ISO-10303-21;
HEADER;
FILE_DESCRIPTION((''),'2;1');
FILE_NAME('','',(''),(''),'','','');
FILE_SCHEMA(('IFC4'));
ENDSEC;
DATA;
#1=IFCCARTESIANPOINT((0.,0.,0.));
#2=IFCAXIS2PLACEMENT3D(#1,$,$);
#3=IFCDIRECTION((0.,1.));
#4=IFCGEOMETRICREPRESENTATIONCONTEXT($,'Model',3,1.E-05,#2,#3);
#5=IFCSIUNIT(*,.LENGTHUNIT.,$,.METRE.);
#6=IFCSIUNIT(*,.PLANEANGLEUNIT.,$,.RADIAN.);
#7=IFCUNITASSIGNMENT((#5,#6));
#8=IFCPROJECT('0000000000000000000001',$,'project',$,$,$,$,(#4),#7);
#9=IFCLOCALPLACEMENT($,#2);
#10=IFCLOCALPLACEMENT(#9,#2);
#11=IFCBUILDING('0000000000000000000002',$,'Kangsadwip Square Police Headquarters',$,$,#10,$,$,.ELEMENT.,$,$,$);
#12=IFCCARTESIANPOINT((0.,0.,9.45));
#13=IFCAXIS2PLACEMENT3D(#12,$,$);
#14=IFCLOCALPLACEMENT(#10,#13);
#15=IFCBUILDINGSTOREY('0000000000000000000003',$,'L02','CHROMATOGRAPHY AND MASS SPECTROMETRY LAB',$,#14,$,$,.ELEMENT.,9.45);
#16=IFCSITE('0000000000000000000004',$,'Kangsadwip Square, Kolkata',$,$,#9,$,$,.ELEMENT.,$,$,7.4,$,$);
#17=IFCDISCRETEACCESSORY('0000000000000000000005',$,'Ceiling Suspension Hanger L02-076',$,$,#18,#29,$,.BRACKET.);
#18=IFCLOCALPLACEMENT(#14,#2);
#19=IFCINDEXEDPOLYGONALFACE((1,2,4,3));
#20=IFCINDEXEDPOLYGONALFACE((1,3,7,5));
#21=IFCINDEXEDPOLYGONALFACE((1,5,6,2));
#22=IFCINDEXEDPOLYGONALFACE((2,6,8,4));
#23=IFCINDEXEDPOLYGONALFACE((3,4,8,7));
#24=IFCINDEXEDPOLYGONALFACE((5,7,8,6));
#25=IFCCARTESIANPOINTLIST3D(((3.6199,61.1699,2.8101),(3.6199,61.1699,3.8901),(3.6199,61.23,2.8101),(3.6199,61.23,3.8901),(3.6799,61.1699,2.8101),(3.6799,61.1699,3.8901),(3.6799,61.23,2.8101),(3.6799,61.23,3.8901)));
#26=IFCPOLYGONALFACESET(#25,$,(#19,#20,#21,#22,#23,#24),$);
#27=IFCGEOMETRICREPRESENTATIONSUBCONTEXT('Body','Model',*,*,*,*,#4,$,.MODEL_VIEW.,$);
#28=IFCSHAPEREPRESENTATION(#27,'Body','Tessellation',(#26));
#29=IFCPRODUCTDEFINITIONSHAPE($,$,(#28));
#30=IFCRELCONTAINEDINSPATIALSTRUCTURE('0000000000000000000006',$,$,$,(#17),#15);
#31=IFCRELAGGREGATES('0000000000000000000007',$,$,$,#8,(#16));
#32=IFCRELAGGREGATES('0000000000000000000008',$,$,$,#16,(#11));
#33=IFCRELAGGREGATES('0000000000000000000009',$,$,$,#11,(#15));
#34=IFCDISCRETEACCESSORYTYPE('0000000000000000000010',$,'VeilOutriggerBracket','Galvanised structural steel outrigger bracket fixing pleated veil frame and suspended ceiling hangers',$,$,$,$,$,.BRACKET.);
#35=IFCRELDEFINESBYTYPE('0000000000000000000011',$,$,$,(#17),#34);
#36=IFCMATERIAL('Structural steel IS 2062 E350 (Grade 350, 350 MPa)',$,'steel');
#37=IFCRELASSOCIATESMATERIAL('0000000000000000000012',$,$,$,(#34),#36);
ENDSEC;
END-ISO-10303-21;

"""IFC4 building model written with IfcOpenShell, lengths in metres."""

from ifc_helpers import new_model, si_unit, direction, frame, origin, origin_2d, place, context, subcontext, project, spatial, rectangle, extrude, material, type_object, element, save


model = new_model("IFC4")

# Units and contexts
model_context = context("Model", 3, precision=1e-05, world=origin(), true_north=direction((0.0, 1.0)))
body_context = subcontext(model_context, "Body", "Model", "MODEL_VIEW")
ifc_project = project(units=[si_unit("LENGTHUNIT", "METRE"), si_unit("PLANEANGLEUNIT", "RADIAN")], contexts=[model_context])

# Site, building, storey
site_placement = place(None, origin())
site = spatial("IfcSite", under=ifc_project, at=site_placement, Name="Kangsadwip Square, Kolkata", CompositionType="ELEMENT", RefElevation=7.4)
building_placement = place(site_placement, origin())
building = spatial("IfcBuilding", under=site, at=building_placement, Name="Kangsadwip Square Police Headquarters", CompositionType="ELEMENT")
storey_placement = place(building_placement, frame((0.0, 0.0, 9.45)))
storey = spatial("IfcBuildingStorey", under=building, at=storey_placement, Name="L02", Description="CHROMATOGRAPHY AND MASS SPECTROMETRY LAB", CompositionType="ELEMENT", Elevation=9.45)

# Discrete accessory
ifc_material_1 = material(Name="Structural steel IS 2062 E350 (Grade 350, 350 MPa)", Category="steel")
discrete_accessory_type = type_object("IfcDiscreteAccessoryType", Name="VeilOutriggerBracket", Description="Galvanised structural steel outrigger bracket fixing pleated veil frame and suspended ceiling hangers", PredefinedType="BRACKET", material=ifc_material_1)
discrete_accessory_placement = place(storey_placement, frame((3.6499, 61.2, 2.8101), z_axis=(0.0, 0.0, 1.0), x_axis=(1.0, 0.0, 0.0)))
element("IfcDiscreteAccessory", 1, at=discrete_accessory_placement, inside=storey, type_object=discrete_accessory_type, Name="Ceiling Suspension Hanger L02-076", PredefinedType="BRACKET", context=body_context, shape_type="SweptSolid", body=[
    extrude(rectangle(XDim=0.0601, YDim=0.0601, at=origin_2d()), origin(), (0.0, 0.0, 1.0), 1.0801),
])

save(model, "model.ifc")
